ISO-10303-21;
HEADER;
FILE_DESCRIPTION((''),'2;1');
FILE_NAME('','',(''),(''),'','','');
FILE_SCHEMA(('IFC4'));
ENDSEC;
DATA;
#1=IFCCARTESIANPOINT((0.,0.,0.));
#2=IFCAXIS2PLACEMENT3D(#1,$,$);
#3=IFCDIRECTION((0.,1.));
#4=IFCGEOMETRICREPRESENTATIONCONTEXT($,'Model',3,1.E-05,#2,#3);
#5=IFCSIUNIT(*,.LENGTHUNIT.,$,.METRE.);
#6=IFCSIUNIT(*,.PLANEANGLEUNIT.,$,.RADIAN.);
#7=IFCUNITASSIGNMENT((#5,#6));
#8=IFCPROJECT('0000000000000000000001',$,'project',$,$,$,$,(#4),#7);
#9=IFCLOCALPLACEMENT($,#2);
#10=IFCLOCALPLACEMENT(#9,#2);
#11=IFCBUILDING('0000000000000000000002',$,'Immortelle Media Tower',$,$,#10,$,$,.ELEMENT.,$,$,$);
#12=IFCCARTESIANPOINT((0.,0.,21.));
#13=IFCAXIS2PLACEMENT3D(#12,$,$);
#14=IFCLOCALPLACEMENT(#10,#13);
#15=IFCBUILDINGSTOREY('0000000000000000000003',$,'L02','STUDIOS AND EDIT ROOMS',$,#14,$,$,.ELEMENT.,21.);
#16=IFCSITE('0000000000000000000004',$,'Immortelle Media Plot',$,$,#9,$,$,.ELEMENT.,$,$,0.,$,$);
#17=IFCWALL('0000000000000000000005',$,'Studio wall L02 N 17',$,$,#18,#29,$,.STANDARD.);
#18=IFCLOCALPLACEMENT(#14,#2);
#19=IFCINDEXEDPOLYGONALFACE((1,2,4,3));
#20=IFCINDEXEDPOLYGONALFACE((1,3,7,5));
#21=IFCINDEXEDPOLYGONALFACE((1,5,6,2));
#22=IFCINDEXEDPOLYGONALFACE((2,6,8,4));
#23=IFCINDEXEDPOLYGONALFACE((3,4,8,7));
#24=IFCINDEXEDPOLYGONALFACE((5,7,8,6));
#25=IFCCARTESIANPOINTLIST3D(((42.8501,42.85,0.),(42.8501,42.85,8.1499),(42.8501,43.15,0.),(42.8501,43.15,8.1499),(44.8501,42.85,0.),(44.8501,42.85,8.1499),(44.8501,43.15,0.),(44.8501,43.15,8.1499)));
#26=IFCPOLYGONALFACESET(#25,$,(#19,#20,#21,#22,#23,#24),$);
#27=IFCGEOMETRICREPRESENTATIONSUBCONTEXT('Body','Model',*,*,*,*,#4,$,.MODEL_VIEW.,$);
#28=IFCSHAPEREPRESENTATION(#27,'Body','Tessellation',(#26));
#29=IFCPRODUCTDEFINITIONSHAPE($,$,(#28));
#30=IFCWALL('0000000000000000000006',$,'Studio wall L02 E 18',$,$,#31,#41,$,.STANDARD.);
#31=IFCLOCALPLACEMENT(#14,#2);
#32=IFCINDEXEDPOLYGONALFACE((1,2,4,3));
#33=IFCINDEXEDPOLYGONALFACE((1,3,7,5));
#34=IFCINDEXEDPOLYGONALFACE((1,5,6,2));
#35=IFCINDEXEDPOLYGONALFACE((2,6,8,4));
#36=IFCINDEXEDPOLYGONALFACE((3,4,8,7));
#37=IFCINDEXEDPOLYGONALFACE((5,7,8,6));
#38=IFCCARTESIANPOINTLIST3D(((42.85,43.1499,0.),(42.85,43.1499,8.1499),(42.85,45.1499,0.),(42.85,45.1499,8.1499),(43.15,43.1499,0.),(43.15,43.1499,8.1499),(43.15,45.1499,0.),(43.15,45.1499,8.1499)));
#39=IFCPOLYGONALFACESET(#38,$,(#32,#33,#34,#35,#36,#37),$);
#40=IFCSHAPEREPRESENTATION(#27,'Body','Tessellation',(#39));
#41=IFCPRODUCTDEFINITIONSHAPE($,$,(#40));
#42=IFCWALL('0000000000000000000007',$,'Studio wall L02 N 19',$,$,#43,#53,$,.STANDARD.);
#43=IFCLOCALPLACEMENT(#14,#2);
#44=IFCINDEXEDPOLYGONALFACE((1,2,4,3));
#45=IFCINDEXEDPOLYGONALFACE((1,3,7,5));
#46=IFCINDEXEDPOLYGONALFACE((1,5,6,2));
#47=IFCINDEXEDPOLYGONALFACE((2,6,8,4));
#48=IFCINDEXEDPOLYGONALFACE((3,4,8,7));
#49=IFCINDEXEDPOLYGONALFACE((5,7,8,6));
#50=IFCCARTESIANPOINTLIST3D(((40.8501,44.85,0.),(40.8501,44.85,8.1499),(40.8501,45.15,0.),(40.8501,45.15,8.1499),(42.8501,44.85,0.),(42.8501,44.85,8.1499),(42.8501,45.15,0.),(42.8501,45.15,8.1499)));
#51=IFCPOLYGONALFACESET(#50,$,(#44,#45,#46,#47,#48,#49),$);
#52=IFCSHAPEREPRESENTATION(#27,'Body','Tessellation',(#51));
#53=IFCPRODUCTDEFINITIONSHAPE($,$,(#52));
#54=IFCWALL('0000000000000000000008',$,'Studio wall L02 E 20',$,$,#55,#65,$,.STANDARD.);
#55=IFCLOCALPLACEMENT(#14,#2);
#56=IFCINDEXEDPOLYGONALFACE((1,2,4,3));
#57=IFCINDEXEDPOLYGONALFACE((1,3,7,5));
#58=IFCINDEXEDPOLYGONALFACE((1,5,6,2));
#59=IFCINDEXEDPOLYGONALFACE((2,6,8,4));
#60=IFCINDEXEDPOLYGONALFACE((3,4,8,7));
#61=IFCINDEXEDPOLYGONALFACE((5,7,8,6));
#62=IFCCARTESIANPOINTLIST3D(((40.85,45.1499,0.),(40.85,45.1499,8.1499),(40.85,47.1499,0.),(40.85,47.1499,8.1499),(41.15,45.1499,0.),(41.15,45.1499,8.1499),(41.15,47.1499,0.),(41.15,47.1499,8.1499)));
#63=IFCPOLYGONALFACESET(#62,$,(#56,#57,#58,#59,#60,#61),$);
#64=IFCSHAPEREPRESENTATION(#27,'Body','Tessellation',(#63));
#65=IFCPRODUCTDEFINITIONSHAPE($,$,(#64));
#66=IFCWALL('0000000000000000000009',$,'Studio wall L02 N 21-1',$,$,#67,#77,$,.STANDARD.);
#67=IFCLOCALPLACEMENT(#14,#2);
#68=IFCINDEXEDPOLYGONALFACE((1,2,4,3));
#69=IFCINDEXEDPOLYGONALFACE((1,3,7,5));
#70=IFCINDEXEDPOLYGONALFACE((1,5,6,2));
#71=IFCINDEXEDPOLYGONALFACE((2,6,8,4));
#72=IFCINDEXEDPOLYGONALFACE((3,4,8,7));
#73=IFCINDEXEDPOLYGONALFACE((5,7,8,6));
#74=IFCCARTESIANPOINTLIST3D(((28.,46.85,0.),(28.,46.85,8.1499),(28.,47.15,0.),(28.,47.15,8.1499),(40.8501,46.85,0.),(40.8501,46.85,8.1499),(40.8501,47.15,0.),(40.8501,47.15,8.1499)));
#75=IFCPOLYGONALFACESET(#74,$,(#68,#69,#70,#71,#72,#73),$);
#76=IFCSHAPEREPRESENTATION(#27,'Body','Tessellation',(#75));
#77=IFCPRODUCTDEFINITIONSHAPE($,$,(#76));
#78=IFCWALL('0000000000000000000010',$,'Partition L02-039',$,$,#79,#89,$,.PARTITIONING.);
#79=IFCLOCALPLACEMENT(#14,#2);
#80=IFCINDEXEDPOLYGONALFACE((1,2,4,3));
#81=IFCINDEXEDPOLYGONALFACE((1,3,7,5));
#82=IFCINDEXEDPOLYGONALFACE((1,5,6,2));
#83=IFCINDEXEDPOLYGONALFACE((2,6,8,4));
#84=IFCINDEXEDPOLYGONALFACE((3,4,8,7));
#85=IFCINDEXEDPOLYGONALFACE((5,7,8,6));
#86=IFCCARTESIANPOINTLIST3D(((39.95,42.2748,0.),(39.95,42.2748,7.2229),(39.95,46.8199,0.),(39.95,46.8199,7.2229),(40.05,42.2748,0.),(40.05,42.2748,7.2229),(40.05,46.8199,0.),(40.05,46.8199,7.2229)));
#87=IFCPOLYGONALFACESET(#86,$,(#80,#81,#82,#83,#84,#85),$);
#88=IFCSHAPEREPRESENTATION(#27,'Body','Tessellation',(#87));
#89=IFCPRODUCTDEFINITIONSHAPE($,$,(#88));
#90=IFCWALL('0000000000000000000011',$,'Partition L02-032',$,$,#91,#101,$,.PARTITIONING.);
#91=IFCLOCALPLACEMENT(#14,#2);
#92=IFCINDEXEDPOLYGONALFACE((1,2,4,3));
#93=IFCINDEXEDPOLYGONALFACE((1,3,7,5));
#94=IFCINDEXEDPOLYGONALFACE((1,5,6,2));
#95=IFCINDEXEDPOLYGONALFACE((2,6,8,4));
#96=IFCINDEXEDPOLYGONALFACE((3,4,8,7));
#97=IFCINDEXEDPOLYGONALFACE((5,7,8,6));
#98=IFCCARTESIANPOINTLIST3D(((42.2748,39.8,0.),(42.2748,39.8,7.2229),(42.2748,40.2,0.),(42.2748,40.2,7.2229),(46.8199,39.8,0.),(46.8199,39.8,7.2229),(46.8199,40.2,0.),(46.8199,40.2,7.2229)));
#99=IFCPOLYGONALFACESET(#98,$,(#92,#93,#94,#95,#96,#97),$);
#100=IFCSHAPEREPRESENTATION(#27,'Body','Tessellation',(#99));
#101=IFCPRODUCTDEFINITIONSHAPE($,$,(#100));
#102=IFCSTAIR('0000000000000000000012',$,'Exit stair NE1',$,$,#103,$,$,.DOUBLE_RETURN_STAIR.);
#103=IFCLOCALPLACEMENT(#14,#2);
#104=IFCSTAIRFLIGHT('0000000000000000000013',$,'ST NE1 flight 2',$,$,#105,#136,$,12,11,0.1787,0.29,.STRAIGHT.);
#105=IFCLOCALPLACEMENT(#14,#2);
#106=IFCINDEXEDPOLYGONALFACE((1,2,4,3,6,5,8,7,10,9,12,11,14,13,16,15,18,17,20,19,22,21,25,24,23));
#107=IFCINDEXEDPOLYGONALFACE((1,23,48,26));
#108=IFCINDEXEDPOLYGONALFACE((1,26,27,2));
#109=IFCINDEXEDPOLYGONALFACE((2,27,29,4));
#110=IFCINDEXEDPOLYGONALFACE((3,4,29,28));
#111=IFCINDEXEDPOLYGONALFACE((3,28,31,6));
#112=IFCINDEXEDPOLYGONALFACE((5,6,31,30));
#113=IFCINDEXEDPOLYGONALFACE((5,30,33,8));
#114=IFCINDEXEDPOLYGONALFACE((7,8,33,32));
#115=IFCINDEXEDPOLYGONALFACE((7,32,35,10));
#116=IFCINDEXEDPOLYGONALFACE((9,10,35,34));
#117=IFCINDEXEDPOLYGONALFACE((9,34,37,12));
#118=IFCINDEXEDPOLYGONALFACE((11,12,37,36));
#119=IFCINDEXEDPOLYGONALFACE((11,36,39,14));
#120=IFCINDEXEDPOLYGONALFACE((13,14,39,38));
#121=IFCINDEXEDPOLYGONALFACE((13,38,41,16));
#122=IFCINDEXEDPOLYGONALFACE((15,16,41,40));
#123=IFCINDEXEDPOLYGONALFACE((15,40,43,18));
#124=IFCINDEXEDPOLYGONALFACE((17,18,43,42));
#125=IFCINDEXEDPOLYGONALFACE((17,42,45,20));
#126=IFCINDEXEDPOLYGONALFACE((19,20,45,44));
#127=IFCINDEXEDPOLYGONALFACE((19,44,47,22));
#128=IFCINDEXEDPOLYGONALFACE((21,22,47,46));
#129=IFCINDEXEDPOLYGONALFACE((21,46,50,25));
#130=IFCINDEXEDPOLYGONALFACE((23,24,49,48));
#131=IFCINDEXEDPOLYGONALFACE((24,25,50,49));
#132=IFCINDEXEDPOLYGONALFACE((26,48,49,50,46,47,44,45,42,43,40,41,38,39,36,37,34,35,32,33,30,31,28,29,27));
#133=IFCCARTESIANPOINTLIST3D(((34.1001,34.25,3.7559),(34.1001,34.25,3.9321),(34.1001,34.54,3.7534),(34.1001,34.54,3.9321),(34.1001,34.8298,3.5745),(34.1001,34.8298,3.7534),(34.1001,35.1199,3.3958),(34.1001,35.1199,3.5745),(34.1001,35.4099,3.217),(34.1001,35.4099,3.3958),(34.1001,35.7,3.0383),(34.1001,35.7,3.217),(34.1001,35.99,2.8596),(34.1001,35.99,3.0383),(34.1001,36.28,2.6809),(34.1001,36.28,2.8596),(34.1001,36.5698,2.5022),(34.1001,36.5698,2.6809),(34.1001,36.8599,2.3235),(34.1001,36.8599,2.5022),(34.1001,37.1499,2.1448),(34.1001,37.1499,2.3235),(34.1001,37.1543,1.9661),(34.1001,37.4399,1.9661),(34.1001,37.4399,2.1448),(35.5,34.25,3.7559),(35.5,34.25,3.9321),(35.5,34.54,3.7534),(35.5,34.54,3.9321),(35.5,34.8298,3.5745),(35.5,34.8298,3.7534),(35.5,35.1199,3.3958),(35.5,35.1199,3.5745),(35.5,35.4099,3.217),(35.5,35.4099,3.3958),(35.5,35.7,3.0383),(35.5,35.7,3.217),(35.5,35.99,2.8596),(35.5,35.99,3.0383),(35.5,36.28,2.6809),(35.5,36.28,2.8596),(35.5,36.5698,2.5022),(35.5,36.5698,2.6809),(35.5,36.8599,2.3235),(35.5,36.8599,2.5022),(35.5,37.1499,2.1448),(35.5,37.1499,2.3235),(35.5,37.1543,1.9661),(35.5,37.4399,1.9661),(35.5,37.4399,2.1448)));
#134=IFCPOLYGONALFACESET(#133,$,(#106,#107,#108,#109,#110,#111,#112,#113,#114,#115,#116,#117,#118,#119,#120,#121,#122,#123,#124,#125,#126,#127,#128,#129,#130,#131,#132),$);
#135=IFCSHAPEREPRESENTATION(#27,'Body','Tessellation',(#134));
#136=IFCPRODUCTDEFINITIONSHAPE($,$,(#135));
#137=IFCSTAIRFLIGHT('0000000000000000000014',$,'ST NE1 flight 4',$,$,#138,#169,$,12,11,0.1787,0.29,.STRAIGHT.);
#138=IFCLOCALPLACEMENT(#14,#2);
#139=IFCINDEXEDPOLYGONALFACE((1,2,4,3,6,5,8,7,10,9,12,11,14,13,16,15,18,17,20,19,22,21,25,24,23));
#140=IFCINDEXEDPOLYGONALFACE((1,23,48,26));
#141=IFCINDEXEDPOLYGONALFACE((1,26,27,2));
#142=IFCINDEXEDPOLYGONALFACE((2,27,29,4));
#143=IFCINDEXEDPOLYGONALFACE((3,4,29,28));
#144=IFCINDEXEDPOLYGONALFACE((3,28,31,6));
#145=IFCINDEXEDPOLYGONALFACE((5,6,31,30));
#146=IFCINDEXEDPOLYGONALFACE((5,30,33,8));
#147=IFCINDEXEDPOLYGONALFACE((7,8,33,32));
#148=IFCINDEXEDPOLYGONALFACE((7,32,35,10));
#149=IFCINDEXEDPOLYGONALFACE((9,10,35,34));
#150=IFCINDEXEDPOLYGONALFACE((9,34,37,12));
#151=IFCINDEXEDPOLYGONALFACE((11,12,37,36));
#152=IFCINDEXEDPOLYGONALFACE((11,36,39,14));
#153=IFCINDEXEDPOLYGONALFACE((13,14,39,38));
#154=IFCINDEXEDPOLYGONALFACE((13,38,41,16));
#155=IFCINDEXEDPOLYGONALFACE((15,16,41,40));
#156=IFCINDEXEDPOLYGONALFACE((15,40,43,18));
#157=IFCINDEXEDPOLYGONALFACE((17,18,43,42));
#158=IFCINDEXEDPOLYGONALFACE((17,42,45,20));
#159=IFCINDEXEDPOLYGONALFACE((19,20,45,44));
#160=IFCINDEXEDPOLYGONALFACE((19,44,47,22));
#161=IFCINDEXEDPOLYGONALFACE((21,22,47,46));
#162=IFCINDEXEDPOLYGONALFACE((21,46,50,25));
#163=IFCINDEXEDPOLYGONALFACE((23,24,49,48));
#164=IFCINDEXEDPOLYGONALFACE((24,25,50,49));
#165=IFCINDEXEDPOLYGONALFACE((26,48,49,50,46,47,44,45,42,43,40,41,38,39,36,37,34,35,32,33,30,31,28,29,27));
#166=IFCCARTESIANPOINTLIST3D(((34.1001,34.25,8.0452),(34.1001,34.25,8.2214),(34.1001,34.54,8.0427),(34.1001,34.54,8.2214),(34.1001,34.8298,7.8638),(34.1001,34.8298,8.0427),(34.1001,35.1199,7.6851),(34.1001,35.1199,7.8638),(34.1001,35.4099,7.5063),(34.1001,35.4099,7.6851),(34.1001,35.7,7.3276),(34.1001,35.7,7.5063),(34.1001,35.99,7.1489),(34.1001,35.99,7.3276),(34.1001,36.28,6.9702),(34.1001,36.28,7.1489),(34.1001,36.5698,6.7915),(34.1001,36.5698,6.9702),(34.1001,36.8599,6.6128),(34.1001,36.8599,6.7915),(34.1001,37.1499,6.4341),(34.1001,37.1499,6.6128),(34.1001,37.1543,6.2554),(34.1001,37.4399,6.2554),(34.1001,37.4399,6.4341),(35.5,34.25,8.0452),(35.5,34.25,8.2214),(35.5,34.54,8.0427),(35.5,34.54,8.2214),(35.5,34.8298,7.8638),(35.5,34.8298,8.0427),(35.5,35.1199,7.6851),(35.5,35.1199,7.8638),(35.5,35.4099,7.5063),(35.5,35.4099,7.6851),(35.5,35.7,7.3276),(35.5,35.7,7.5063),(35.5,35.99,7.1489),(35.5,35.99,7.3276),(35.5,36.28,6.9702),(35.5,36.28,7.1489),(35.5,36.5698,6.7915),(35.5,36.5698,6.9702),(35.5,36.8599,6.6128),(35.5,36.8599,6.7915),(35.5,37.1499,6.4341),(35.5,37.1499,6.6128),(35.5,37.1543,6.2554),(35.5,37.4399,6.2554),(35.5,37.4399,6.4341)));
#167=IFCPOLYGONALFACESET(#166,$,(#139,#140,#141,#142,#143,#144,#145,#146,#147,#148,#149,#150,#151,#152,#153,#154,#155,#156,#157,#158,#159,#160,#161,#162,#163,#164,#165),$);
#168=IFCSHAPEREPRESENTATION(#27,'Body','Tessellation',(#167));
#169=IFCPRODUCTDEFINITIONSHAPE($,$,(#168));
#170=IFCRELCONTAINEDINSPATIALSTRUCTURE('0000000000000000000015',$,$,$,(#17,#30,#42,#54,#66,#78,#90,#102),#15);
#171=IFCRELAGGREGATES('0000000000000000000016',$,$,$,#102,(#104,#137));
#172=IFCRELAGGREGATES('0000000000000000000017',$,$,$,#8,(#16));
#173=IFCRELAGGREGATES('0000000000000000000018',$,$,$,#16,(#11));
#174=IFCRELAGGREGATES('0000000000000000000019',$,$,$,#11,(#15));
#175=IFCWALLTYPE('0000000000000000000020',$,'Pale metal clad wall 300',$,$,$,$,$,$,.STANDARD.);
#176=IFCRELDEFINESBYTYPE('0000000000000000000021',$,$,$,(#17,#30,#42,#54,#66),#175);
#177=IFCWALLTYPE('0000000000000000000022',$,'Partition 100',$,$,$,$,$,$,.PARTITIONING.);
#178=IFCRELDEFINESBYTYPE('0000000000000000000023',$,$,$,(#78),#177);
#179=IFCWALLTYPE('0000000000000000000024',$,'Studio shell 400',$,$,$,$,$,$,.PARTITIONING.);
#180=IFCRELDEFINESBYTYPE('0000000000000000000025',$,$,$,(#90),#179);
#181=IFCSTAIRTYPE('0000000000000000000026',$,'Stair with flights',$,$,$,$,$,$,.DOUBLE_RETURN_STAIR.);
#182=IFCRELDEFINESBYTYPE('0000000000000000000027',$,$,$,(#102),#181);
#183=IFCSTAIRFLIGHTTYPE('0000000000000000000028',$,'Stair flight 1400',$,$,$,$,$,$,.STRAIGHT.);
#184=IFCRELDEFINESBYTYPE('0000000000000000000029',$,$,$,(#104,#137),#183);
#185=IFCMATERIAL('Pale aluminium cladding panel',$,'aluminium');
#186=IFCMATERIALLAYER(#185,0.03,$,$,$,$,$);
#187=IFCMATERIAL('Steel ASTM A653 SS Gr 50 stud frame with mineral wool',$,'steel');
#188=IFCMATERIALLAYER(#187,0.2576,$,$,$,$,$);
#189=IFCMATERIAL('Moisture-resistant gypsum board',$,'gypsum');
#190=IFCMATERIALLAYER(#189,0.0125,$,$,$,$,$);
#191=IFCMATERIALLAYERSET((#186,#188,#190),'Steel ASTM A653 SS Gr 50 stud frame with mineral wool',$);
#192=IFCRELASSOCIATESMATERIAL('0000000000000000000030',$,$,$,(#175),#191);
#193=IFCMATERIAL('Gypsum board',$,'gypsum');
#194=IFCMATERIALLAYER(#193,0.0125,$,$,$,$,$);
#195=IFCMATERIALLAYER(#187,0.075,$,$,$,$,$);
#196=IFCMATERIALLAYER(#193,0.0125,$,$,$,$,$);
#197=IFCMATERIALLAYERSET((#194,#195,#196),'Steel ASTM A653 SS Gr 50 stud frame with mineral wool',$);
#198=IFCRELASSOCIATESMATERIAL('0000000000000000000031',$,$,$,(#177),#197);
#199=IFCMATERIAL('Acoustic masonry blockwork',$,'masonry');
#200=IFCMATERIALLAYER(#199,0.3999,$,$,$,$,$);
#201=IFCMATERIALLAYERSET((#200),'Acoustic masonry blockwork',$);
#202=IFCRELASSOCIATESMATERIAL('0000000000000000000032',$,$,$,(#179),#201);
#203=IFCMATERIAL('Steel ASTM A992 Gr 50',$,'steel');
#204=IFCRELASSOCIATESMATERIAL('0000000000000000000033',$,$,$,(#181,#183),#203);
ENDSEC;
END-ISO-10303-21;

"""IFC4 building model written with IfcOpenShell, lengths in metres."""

from ifc_helpers import new_model, si_unit, direction, frame, frame_2d, origin, place, context, subcontext, project, spatial, polyline, rectangle, outline, extrude, material, layer, layer_set, type_object, element, aggregate, save


model = new_model("IFC4")

# Units and contexts
model_context = context("Model", 3, precision=1e-05, world=origin(), true_north=direction((0.0, 1.0)))
body_context = subcontext(model_context, "Body", "Model", "MODEL_VIEW")
ifc_project = project(units=[si_unit("LENGTHUNIT", "METRE"), si_unit("PLANEANGLEUNIT", "RADIAN")], contexts=[model_context])

# Site, building, storey
site_placement = place(None, origin())
site = spatial("IfcSite", under=ifc_project, at=site_placement, Name="Immortelle Media Plot", CompositionType="ELEMENT", RefElevation=0.0)
building_placement = place(site_placement, origin())
building = spatial("IfcBuilding", under=site, at=building_placement, Name="Immortelle Media Tower", CompositionType="ELEMENT")
storey_placement = place(building_placement, frame((0.0, 0.0, 21.0)))
storey = spatial("IfcBuildingStorey", under=building, at=storey_placement, Name="L02", Description="STUDIOS AND EDIT ROOMS", CompositionType="ELEMENT", Elevation=21.0)

# Shared definitions
ifc_material_1 = material(Name="Steel ASTM A992 Gr 50", Category="steel")

# Shared definitions
ifc_material_2 = material(Name="Steel ASTM A653 SS Gr 50 stud frame with mineral wool", Category="steel")

# Walls
ifc_material_3 = material(Name="Pale aluminium cladding panel", Category="aluminium")
ifc_layer_1 = layer(ifc_material_3, 0.03)
ifc_layer_2 = layer(ifc_material_2, 0.2576)
ifc_material_4 = material(Name="Moisture-resistant gypsum board", Category="gypsum")
ifc_layer_3 = layer(ifc_material_4, 0.0125)
ifc_layer_set_1 = layer_set([ifc_layer_1, ifc_layer_2, ifc_layer_3], Name="Steel ASTM A653 SS Gr 50 stud frame with mineral wool")
wall_type_1 = type_object("IfcWallType", Name="Pale metal clad wall 300", PredefinedType="STANDARD", material=ifc_layer_set_1)
for number, where, z_axis, x_axis, name in (
    (1, (44.8501, 43.0, 0.0), (0.0, 0.0, 1.0), (-1.0, 0.0, 0.0), "Studio wall L02 N 17"),
    (2, (43.0, 43.1499, 0.0), (0.0, 0.0, 1.0), (0.0, 1.0, 0.0), "Studio wall L02 E 18"),
    (3, (42.8501, 45.0, 0.0), (0.0, 0.0, 1.0), (-1.0, 0.0, 0.0), "Studio wall L02 N 19"),
    (4, (41.0, 45.1499, 0.0), (0.0, 0.0, 1.0), (0.0, 1.0, 0.0), "Studio wall L02 E 20"),
):
    element("IfcWall", number, at=place(storey_placement, frame(where, z_axis=z_axis, x_axis=x_axis)), inside=storey, type_object=wall_type_1, Name=name, PredefinedType="STANDARD", context=body_context, shape_type="SweptSolid", body=[
        extrude(rectangle(XDim=2.0, YDim=0.3, at=frame_2d((1.0, 0.0))), origin(), (0.0, 0.0, 1.0), 8.1499),
    ])
wall_1_placement = place(storey_placement, frame((40.8501, 47.0, 0.0), z_axis=(0.0, 0.0, 1.0), x_axis=(-1.0, 0.0, 0.0)))
element("IfcWall", 5, at=wall_1_placement, inside=storey, type_object=wall_type_1, Name="Studio wall L02 N 21-1", PredefinedType="STANDARD", context=body_context, shape_type="SweptSolid", body=[
    extrude(rectangle(XDim=12.8501, YDim=0.3, at=frame_2d((6.425, 0.0))), origin(), (0.0, 0.0, 1.0), 8.1499),
])
ifc_material_5 = material(Name="Gypsum board", Category="gypsum")
ifc_layer_4 = layer(ifc_material_5, 0.0125)
ifc_layer_5 = layer(ifc_material_2, 0.075)
ifc_layer_6 = layer(ifc_material_5, 0.0125)
ifc_layer_set_2 = layer_set([ifc_layer_4, ifc_layer_5, ifc_layer_6], Name="Steel ASTM A653 SS Gr 50 stud frame with mineral wool")
wall_type_2 = type_object("IfcWallType", Name="Partition 100", PredefinedType="PARTITIONING", material=ifc_layer_set_2)
wall_2_placement = place(storey_placement, frame((40.0, 42.2749, 0.0), z_axis=(0.0, 0.0, 1.0), x_axis=(0.0, 1.0, 0.0)))
element("IfcWall", 6, at=wall_2_placement, inside=storey, type_object=wall_type_2, Name="Partition L02-039", PredefinedType="PARTITIONING", context=body_context, shape_type="SweptSolid", body=[
    extrude(rectangle(XDim=4.5452, YDim=0.1001, at=frame_2d((2.2725, 0.0))), origin(), (0.0, 0.0, 1.0), 7.2229),
])
ifc_material_6 = material(Name="Acoustic masonry blockwork", Category="masonry")
ifc_layer_7 = layer(ifc_material_6, 0.3999)
ifc_layer_set_3 = layer_set([ifc_layer_7], Name="Acoustic masonry blockwork")
wall_type_3 = type_object("IfcWallType", Name="Studio shell 400", PredefinedType="PARTITIONING", material=ifc_layer_set_3)
wall_3_placement = place(storey_placement, frame((42.2749, 40.0, 0.0), z_axis=(0.0, 0.0, 1.0), x_axis=(1.0, 0.0, 0.0)))
element("IfcWall", 7, at=wall_3_placement, inside=storey, type_object=wall_type_3, Name="Partition L02-032", PredefinedType="PARTITIONING", context=body_context, shape_type="SweptSolid", body=[
    extrude(rectangle(XDim=4.5452, YDim=0.3999, at=frame_2d((2.2725, 0.0))), origin(), (0.0, 0.0, 1.0), 7.2229),
])

# Stair, stair flights
stair_type = type_object("IfcStairType", Name="Stair with flights", PredefinedType="DOUBLE_RETURN_STAIR", material=ifc_material_1)
stair_1_placement = place(storey_placement, origin())
stair_1 = element("IfcStair", 8, at=stair_1_placement, inside=storey, type_object=stair_type, Name="Exit stair NE1", PredefinedType="DOUBLE_RETURN_STAIR")
stair_flight_type = type_object("IfcStairFlightType", Name="Stair flight 1400", PredefinedType="STRAIGHT", material=ifc_material_1)
stair_flight_1_placement = place(storey_placement, frame((34.8, 37.4399, 1.9661), z_axis=(0.0, 0.0, 1.0), x_axis=(0.0, -1.0, 0.0)))
stair_flight_1 = element("IfcStairFlight", 9, at=stair_flight_1_placement, type_object=stair_flight_type, Name="ST NE1 flight 2", NumberOfRisers=12, NumberOfTreads=11, PredefinedType="STRAIGHT", RiserHeight=0.1787, TreadLength=0.29, context=body_context, shape_type="SweptSolid", body=[
    extrude(outline(polyline([(0.0, 0.0), (0.0, 0.1787), (0.29, 0.1787), (0.29, 0.3574), (0.5801, 0.3574), (0.5801, 0.5361), (0.8701, 0.5361), (0.8701, 0.7148), (1.1599, 0.7148), (1.1599, 0.8936), (1.45, 0.8936), (1.45, 1.0723), (1.74, 1.0723), (1.74, 1.251), (2.03, 1.251), (2.03, 1.4297), (2.3201, 1.4297), (2.3201, 1.6084), (2.6101, 1.6084), (2.6101, 1.7874), (2.8999, 1.7874), (2.8999, 1.9661), (3.1899, 1.9661), (3.1899, 2.1448), (3.1899, 1.7898), (0.2856, 0.0), (0.0, 0.0)])), frame((0.0, 0.7, 0.0), z_axis=(0.0, -1.0, 0.0), x_axis=(1.0, 0.0, 0.0)), (0.0, 0.0, 1.0), 1.3999),
])
stair_flight_2_placement = place(storey_placement, frame((34.8, 37.4399, 6.2554), z_axis=(0.0, 0.0, 1.0), x_axis=(0.0, -1.0, 0.0)))
stair_flight_2 = element("IfcStairFlight", 10, at=stair_flight_2_placement, type_object=stair_flight_type, Name="ST NE1 flight 4", NumberOfRisers=12, NumberOfTreads=11, PredefinedType="STRAIGHT", RiserHeight=0.1787, TreadLength=0.29, context=body_context, shape_type="SweptSolid", body=[
    extrude(outline(polyline([(0.0, 0.0), (0.0, 0.1787), (0.29, 0.1787), (0.29, 0.3574), (0.5801, 0.3574), (0.5801, 0.5361), (0.8701, 0.5361), (0.8701, 0.7148), (1.1599, 0.7148), (1.1599, 0.8936), (1.45, 0.8936), (1.45, 1.0723), (1.74, 1.0723), (1.74, 1.251), (2.03, 1.251), (2.03, 1.4297), (2.3201, 1.4297), (2.3201, 1.6084), (2.6101, 1.6084), (2.6101, 1.7874), (2.8999, 1.7874), (2.8999, 1.9661), (3.1899, 1.9661), (3.1899, 2.1448), (3.1899, 1.7898), (0.2856, 0.0), (0.0, 0.0)])), frame((0.0, 0.7, 0.0), z_axis=(0.0, -1.0, 0.0), x_axis=(1.0, 0.0, 0.0)), (0.0, 0.0, 1.0), 1.3999),
])
aggregate(stair_1, [stair_flight_1, stair_flight_2])

save(model, "model.ifc")
